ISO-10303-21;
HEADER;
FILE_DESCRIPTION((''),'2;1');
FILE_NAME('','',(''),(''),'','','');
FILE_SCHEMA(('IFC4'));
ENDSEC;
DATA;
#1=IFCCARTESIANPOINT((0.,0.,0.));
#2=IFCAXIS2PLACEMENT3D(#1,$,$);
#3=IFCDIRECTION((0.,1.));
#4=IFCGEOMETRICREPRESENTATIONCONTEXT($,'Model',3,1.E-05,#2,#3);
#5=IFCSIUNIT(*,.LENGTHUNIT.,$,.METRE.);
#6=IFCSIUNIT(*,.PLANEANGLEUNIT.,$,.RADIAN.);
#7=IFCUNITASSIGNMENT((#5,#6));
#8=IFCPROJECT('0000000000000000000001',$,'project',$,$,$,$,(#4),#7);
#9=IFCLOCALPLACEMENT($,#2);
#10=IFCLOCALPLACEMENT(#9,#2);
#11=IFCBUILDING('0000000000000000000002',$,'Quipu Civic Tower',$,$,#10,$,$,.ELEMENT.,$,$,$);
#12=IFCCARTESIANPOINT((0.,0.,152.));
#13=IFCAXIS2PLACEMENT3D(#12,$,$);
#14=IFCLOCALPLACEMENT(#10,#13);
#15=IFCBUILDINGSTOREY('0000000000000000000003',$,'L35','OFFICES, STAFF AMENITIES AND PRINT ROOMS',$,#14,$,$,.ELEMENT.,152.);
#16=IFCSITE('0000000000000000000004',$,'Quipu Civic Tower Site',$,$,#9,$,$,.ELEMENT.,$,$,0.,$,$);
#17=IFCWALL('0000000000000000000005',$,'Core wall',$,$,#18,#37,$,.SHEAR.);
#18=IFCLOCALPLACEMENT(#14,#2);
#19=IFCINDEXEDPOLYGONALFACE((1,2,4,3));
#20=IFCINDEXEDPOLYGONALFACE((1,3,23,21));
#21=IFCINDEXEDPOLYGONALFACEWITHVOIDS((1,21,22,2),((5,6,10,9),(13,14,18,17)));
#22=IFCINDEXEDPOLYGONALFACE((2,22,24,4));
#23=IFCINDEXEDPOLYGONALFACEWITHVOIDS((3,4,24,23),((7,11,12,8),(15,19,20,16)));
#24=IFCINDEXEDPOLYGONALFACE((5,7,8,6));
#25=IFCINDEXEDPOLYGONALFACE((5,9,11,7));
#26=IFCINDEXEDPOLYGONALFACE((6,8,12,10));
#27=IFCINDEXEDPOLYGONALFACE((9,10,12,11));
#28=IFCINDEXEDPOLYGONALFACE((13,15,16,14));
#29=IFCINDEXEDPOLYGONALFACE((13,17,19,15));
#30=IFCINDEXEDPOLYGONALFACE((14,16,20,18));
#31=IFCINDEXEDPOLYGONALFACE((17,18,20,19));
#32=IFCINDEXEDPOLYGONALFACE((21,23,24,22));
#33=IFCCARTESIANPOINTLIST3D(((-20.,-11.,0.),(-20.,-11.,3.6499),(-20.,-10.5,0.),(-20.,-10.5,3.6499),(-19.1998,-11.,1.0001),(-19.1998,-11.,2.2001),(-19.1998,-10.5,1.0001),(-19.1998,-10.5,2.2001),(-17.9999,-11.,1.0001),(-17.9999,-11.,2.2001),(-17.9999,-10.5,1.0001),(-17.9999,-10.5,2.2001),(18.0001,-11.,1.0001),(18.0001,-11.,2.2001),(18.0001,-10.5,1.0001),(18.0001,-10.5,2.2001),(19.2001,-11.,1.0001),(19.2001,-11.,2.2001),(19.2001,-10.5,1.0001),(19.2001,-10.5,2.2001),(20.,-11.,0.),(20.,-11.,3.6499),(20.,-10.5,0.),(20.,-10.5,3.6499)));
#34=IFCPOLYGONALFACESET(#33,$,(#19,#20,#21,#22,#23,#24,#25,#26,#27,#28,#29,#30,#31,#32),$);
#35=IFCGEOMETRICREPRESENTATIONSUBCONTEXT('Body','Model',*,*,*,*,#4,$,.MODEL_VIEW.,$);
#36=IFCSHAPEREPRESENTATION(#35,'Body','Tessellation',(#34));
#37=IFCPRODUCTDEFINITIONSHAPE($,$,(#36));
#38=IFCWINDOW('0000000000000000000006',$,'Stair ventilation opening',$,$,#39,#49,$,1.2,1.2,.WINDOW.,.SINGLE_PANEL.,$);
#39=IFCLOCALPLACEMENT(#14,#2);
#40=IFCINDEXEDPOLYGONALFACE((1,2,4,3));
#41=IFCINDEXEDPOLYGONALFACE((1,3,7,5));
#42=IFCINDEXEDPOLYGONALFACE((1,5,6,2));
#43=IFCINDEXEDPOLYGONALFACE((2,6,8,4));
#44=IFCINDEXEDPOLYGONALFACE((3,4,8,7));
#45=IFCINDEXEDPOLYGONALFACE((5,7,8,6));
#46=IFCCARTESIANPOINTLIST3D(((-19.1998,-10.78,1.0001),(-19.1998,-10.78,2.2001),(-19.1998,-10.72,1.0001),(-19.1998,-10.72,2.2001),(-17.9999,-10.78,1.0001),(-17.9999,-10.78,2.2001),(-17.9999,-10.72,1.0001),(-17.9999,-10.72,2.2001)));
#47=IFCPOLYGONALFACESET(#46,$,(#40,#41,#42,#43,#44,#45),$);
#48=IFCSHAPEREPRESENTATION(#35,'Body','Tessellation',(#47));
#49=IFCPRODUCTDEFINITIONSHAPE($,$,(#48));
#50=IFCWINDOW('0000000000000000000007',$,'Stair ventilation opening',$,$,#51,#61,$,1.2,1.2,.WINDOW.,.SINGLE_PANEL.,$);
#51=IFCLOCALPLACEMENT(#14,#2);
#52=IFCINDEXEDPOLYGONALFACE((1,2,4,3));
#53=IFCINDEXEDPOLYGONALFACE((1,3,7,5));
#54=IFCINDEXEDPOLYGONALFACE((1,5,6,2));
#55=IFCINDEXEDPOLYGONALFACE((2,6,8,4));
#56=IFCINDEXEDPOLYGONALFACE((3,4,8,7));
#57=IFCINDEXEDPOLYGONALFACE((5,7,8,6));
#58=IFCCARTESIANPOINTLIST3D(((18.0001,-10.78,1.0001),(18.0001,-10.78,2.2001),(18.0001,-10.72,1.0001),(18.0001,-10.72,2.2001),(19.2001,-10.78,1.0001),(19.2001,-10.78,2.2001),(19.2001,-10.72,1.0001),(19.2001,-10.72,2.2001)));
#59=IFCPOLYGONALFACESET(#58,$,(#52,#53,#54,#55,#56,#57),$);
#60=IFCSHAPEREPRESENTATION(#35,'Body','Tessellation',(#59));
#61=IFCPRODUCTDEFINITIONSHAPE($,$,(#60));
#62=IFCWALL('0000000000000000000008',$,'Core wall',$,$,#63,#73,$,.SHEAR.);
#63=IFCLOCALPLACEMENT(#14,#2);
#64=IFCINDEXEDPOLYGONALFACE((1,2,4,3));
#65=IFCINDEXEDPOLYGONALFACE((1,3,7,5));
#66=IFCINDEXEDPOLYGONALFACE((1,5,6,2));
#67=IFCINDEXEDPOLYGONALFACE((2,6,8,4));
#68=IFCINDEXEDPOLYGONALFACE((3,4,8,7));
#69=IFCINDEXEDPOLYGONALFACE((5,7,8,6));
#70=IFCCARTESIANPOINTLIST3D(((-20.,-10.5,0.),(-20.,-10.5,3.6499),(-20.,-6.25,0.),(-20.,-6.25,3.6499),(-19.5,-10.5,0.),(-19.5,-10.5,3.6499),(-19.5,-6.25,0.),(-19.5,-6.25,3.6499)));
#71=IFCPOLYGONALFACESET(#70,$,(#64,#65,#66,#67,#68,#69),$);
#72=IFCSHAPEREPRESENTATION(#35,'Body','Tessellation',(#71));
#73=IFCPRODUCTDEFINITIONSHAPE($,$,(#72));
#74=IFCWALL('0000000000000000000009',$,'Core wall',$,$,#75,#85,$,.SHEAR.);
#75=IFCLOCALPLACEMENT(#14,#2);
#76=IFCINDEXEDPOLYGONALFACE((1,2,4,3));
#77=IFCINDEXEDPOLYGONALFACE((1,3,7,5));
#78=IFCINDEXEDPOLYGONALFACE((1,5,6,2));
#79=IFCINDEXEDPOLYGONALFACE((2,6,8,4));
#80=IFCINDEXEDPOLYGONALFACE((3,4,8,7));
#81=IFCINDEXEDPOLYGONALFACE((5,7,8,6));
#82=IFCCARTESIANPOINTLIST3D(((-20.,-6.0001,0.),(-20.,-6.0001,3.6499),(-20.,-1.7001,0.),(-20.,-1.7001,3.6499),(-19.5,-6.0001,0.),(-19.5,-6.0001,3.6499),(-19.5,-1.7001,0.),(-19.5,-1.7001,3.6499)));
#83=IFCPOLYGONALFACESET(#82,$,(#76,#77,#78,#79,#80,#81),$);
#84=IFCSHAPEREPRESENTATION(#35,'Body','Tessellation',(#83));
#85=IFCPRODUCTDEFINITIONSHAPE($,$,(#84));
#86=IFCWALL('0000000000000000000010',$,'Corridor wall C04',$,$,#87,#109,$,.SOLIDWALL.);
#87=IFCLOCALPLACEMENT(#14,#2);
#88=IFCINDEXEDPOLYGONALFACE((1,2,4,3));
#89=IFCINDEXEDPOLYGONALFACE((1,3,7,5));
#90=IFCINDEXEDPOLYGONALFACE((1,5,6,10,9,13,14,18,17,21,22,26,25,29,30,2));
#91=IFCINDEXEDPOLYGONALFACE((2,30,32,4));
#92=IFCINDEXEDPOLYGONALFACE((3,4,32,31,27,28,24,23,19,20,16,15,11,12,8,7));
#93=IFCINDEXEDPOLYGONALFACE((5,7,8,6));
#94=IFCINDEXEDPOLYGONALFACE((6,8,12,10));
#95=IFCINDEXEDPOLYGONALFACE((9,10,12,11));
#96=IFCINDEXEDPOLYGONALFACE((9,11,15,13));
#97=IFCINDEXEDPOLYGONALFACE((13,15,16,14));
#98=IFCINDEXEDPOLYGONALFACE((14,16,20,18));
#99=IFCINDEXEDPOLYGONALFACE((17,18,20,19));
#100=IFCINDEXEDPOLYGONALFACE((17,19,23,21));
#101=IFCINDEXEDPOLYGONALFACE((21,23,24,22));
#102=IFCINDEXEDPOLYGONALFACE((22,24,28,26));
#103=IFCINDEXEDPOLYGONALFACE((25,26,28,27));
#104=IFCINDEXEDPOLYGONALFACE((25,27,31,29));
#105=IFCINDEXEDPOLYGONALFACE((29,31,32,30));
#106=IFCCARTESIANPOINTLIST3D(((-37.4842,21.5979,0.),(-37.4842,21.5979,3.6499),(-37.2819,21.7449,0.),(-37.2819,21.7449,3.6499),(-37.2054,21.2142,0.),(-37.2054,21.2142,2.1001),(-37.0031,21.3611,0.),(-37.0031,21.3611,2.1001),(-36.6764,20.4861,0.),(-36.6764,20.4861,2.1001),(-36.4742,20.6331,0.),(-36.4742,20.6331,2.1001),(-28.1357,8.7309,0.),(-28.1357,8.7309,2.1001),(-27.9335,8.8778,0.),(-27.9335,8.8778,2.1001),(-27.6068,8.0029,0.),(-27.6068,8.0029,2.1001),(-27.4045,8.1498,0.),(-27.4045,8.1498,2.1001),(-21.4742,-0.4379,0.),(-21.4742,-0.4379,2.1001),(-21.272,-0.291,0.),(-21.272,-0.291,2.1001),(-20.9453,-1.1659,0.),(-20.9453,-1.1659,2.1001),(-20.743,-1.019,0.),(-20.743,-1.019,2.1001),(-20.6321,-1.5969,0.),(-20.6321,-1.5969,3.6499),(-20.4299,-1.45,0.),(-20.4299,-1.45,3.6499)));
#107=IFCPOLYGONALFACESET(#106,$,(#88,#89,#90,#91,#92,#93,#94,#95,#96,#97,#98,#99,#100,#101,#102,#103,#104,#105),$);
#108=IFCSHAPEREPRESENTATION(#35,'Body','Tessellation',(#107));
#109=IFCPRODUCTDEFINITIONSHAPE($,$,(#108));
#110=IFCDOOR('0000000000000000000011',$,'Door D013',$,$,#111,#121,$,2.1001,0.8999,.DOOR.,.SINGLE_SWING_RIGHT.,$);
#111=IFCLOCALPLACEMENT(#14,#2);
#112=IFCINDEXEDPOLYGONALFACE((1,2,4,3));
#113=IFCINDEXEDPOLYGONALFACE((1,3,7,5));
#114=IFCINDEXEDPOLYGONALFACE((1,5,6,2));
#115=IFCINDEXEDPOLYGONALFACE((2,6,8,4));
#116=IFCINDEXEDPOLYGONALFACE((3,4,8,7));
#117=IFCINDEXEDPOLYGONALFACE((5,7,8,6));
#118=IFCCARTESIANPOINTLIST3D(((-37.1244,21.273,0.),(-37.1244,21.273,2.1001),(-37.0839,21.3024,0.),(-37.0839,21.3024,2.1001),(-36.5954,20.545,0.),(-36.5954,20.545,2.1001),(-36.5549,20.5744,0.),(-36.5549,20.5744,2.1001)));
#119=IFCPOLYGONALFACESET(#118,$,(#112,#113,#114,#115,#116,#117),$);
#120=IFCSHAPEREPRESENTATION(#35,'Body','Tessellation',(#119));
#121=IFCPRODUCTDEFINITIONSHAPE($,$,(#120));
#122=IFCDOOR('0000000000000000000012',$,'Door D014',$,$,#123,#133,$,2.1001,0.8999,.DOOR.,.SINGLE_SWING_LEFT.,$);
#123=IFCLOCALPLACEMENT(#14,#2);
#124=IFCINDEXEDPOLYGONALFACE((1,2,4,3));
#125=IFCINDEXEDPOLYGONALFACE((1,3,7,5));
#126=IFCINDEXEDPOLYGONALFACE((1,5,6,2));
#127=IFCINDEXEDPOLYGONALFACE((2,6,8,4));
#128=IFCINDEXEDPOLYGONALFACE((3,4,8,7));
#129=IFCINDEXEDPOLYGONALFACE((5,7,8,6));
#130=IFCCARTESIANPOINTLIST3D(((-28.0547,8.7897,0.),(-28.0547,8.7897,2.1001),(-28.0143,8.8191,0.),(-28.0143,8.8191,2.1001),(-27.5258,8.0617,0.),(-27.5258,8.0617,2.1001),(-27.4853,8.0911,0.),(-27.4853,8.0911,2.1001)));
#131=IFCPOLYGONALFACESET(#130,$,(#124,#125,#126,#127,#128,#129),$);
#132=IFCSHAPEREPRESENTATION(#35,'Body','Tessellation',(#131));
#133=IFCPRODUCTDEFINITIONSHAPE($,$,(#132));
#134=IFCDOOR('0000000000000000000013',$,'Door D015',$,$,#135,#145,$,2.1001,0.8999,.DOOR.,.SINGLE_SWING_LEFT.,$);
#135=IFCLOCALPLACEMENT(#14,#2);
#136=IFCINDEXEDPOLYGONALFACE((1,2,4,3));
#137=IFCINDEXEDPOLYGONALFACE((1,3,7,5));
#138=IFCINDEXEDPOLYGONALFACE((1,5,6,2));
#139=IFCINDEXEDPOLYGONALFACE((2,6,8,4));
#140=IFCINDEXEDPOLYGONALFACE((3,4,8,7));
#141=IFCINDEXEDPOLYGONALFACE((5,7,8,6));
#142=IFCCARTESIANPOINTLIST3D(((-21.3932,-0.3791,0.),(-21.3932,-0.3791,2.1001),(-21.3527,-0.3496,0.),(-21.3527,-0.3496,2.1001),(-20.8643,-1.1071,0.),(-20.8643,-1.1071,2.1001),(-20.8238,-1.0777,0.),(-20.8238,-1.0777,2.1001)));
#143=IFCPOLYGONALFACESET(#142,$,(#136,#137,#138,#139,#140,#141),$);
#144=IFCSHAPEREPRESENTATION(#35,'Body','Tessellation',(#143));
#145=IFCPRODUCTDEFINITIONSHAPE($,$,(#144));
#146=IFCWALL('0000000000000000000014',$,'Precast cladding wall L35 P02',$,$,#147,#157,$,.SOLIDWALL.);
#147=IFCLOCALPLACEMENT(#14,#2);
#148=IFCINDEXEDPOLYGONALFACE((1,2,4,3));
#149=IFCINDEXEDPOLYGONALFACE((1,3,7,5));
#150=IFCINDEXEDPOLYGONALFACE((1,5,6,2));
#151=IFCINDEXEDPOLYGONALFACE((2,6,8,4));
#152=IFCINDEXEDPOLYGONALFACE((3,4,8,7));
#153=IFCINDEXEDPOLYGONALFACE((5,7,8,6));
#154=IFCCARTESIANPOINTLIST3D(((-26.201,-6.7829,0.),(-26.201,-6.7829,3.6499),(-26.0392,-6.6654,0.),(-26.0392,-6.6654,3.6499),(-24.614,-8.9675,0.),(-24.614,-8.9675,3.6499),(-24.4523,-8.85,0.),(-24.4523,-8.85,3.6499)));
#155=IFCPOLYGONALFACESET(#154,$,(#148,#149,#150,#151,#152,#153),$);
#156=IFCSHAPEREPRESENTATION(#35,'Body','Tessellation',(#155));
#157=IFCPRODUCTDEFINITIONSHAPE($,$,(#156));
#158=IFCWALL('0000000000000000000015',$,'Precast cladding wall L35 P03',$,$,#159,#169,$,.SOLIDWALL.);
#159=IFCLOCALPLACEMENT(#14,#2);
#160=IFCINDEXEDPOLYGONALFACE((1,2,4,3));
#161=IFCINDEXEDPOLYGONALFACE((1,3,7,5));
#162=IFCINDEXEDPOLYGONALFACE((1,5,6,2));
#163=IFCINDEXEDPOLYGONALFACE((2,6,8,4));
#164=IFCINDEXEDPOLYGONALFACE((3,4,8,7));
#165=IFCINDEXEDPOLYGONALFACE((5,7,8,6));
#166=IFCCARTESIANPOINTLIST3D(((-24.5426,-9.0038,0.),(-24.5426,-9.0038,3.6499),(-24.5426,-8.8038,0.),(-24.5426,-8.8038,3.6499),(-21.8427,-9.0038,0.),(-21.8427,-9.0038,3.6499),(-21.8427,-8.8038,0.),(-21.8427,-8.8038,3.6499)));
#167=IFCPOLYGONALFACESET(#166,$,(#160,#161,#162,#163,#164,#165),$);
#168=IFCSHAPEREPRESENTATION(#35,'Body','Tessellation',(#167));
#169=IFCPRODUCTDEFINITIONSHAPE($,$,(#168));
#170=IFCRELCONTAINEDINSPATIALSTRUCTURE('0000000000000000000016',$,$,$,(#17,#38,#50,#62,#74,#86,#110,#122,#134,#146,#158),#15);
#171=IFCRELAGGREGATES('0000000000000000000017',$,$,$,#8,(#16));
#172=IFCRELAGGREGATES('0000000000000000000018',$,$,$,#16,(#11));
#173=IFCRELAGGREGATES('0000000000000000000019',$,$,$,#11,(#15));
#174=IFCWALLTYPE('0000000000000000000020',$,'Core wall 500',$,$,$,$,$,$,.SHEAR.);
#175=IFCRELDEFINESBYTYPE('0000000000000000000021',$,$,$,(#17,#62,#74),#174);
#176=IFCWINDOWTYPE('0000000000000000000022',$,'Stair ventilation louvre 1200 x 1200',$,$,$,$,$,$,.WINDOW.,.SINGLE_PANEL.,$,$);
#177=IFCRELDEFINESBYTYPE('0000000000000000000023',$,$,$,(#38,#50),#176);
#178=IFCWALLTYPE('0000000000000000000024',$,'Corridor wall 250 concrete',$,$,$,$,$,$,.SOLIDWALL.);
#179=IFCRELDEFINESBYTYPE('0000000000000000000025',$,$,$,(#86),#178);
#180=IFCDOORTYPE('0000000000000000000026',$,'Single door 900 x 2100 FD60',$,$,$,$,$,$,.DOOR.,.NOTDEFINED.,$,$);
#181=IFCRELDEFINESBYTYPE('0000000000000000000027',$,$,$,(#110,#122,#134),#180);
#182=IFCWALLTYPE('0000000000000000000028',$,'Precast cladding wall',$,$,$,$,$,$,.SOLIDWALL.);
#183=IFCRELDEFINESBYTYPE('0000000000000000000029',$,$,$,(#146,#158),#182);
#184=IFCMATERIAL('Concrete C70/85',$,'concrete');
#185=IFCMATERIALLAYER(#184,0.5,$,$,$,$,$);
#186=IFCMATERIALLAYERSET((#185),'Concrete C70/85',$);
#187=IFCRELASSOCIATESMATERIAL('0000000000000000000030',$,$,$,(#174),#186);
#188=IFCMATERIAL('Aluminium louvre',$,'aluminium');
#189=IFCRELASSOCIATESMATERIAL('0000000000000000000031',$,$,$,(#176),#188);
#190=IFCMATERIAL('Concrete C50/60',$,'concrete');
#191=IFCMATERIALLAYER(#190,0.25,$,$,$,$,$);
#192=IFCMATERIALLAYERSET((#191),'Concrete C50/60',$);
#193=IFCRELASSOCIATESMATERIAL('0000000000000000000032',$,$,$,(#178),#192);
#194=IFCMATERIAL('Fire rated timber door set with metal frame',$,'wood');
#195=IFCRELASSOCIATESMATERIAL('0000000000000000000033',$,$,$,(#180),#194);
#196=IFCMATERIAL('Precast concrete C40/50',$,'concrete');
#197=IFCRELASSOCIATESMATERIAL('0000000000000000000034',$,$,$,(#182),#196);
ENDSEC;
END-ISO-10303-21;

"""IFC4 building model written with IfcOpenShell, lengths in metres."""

from ifc_helpers import new_model, si_unit, direction, frame, frame_2d, origin, place, context, subcontext, project, spatial, rectangle, extrude, material, layer, layer_set, type_object, element, fill, save


model = new_model("IFC4")

# Units and contexts
model_context = context("Model", 3, precision=1e-05, world=origin(), true_north=direction((0.0, 1.0)))
body_context = subcontext(model_context, "Body", "Model", "MODEL_VIEW")
ifc_project = project(units=[si_unit("LENGTHUNIT", "METRE"), si_unit("PLANEANGLEUNIT", "RADIAN")], contexts=[model_context])

# Site, building, storey
site_placement = place(None, origin())
site = spatial("IfcSite", under=ifc_project, at=site_placement, Name="Quipu Civic Tower Site", CompositionType="ELEMENT", RefElevation=0.0)
building_placement = place(site_placement, origin())
building = spatial("IfcBuilding", under=site, at=building_placement, Name="Quipu Civic Tower", CompositionType="ELEMENT")
storey_placement = place(building_placement, frame((0.0, 0.0, 152.0)))
storey = spatial("IfcBuildingStorey", under=building, at=storey_placement, Name="L35", Description="OFFICES, STAFF AMENITIES AND PRINT ROOMS", CompositionType="ELEMENT", Elevation=152.0)

# Wall, openings, windows
ifc_material_1 = material(Name="Concrete C70/85", Category="concrete")
ifc_layer_1 = layer(ifc_material_1, 0.5)
ifc_layer_set_1 = layer_set([ifc_layer_1], Name="Concrete C70/85")
wall_type_1 = type_object("IfcWallType", Name="Core wall 500", PredefinedType="SHEAR", material=ifc_layer_set_1)
wall_1_placement = place(storey_placement, frame((-20.0, -10.75, 0.0), z_axis=(0.0, 0.0, 1.0), x_axis=(1.0, 0.0, 0.0)))
wall_1 = element("IfcWall", 1, at=wall_1_placement, inside=storey, type_object=wall_type_1, Name="Core wall", PredefinedType="SHEAR", context=body_context, shape_type="SweptSolid", body=[
    extrude(rectangle(XDim=40.0, YDim=0.5, at=frame_2d((20.0, 0.0))), origin(), (0.0, 0.0, 1.0), 3.6499),
])
opening_1_placement = place(wall_1_placement, frame((0.8, 0.0, 1.0)))
opening_1 = element("IfcOpeningElement", 2, at=opening_1_placement, cuts=wall_1, PredefinedType="OPENING", context=body_context, shape_type="SweptSolid", body=[
    extrude(rectangle(XDim=1.2, YDim=1.2, at=frame_2d((0.6001, 0.6001))), frame((0.0, 0.26, 0.0), z_axis=(0.0, -1.0, 0.0), x_axis=(1.0, 0.0, 0.0)), (0.0, 0.0, 1.0), 0.52),
])
opening_2_placement = place(wall_1_placement, frame((38.0, 0.0, 1.0)))
opening_2 = element("IfcOpeningElement", 3, at=opening_2_placement, cuts=wall_1, PredefinedType="OPENING", context=body_context, shape_type="SweptSolid", body=[
    extrude(rectangle(XDim=1.2, YDim=1.2, at=frame_2d((0.6001, 0.6001))), frame((0.0, 0.26, 0.0), z_axis=(0.0, -1.0, 0.0), x_axis=(1.0, 0.0, 0.0)), (0.0, 0.0, 1.0), 0.52),
])
ifc_material_2 = material(Name="Aluminium louvre", Category="aluminium")
window_type = type_object("IfcWindowType", Name="Stair ventilation louvre 1200 x 1200", PartitioningType="SINGLE_PANEL", PredefinedType="WINDOW", material=ifc_material_2)
window_1_placement = place(opening_1_placement, origin())
window_1 = element("IfcWindow", 4, at=window_1_placement, inside=storey, type_object=window_type, Name="Stair ventilation opening", OverallHeight=1.2, OverallWidth=1.2, PartitioningType="SINGLE_PANEL", PredefinedType="WINDOW", context=body_context, shape_type="SweptSolid", body=[
    extrude(rectangle(XDim=1.2, YDim=1.2, at=frame_2d((0.6001, 0.6001))), frame((0.0, 0.03, 0.0), z_axis=(0.0, -1.0, 0.0), x_axis=(1.0, 0.0, 0.0)), (0.0, 0.0, 1.0), 0.0601),
])
fill(opening_1, window_1)
window_2_placement = place(opening_2_placement, origin())
window_2 = element("IfcWindow", 5, at=window_2_placement, inside=storey, type_object=window_type, Name="Stair ventilation opening", OverallHeight=1.2, OverallWidth=1.2, PartitioningType="SINGLE_PANEL", PredefinedType="WINDOW", context=body_context, shape_type="SweptSolid", body=[
    extrude(rectangle(XDim=1.2, YDim=1.2, at=frame_2d((0.6001, 0.6001))), frame((0.0, 0.03, 0.0), z_axis=(0.0, -1.0, 0.0), x_axis=(1.0, 0.0, 0.0)), (0.0, 0.0, 1.0), 0.0601),
])
fill(opening_2, window_2)

# Walls
wall_2_placement = place(storey_placement, frame((-19.75, -10.5, 0.0), z_axis=(0.0, 0.0, 1.0), x_axis=(0.0, 1.0, 0.0)))
element("IfcWall", 6, at=wall_2_placement, inside=storey, type_object=wall_type_1, Name="Core wall", PredefinedType="SHEAR", context=body_context, shape_type="SweptSolid", body=[
    extrude(rectangle(XDim=4.25, YDim=0.5, at=frame_2d((2.125, 0.0))), origin(), (0.0, 0.0, 1.0), 3.6499),
])
wall_3_placement = place(storey_placement, frame((-19.75, -6.0, 0.0), z_axis=(0.0, 0.0, 1.0), x_axis=(0.0, 1.0, 0.0)))
element("IfcWall", 7, at=wall_3_placement, inside=storey, type_object=wall_type_1, Name="Core wall", PredefinedType="SHEAR", context=body_context, shape_type="SweptSolid", body=[
    extrude(rectangle(XDim=4.3, YDim=0.5, at=frame_2d((2.1499, 0.0))), origin(), (0.0, 0.0, 1.0), 3.6499),
])

# Wall, openings, doors
ifc_material_3 = material(Name="Concrete C50/60", Category="concrete")
ifc_layer_2 = layer(ifc_material_3, 0.25)
ifc_layer_set_2 = layer_set([ifc_layer_2], Name="Concrete C50/60")
wall_type_2 = type_object("IfcWallType", Name="Corridor wall 250 concrete", PredefinedType="SOLIDWALL", material=ifc_layer_set_2)
wall_4_placement = place(storey_placement, frame((-20.531, -1.5234, 0.0), z_axis=(0.0, 0.0, 1.0), x_axis=(-0.587786, 0.809017, 0.0)))
wall_4 = element("IfcWall", 8, at=wall_4_placement, inside=storey, type_object=wall_type_2, Name="Corridor wall C04", PredefinedType="SOLIDWALL", context=body_context, shape_type="SweptSolid", body=[
    extrude(rectangle(XDim=28.6704, YDim=0.25, at=frame_2d((14.3352, 0.0))), origin(), (0.0, 0.0, 1.0), 3.6499),
])
opening_3_placement = place(wall_4_placement, frame((27.2961, 0.0, 0.0)))
opening_3 = element("IfcOpeningElement", 9, at=opening_3_placement, cuts=wall_4, PredefinedType="OPENING", context=body_context, shape_type="SweptSolid", body=[
    extrude(rectangle(XDim=0.8999, YDim=2.1001, at=frame_2d((0.45, 1.05))), frame((0.0, 0.135, 0.0), z_axis=(0.0, -1.0, 0.0), x_axis=(1.0, 0.0, 0.0)), (0.0, 0.0, 1.0), 0.27),
])
opening_4_placement = place(wall_4_placement, frame((11.866, 0.0, 0.0)))
opening_4 = element("IfcOpeningElement", 10, at=opening_4_placement, cuts=wall_4, PredefinedType="OPENING", context=body_context, shape_type="SweptSolid", body=[
    extrude(rectangle(XDim=0.8999, YDim=2.1001, at=frame_2d((0.45, 1.05))), frame((0.0, 0.135, 0.0), z_axis=(0.0, -1.0, 0.0), x_axis=(1.0, 0.0, 0.0)), (0.0, 0.0, 1.0), 0.27),
])
opening_5_placement = place(wall_4_placement, frame((0.5327, 0.0, 0.0)))
opening_5 = element("IfcOpeningElement", 11, at=opening_5_placement, cuts=wall_4, PredefinedType="OPENING", context=body_context, shape_type="SweptSolid", body=[
    extrude(rectangle(XDim=0.8999, YDim=2.1001, at=frame_2d((0.45, 1.05))), frame((0.0, 0.135, 0.0), z_axis=(0.0, -1.0, 0.0), x_axis=(1.0, 0.0, 0.0)), (0.0, 0.0, 1.0), 0.27),
])
ifc_material_4 = material(Name="Fire rated timber door set with metal frame", Category="wood")
door_type_1 = type_object("IfcDoorType", Name="Single door 900 x 2100 FD60", OperationType="NOTDEFINED", PredefinedType="DOOR", material=ifc_material_4)
door_1_placement = place(opening_3_placement, origin())
door_1 = element("IfcDoor", 12, at=door_1_placement, inside=storey, type_object=door_type_1, Name="Door D013", OperationType="SINGLE_SWING_RIGHT", OverallHeight=2.1001, OverallWidth=0.8999, PredefinedType="DOOR", context=body_context, shape_type="SweptSolid", body=[
    extrude(rectangle(XDim=0.8999, YDim=2.1001, at=frame_2d((0.45, 1.05))), frame((0.0, 0.0249, 0.0), z_axis=(0.0, -1.0, 0.0), x_axis=(1.0, 0.0, 0.0)), (0.0, 0.0, 1.0), 0.05),
])
fill(opening_3, door_1)
door_2_placement = place(opening_4_placement, origin())
door_2 = element("IfcDoor", 13, at=door_2_placement, inside=storey, type_object=door_type_1, Name="Door D014", OperationType="SINGLE_SWING_LEFT", OverallHeight=2.1001, OverallWidth=0.8999, PredefinedType="DOOR", context=body_context, shape_type="SweptSolid", body=[
    extrude(rectangle(XDim=0.8999, YDim=2.1001, at=frame_2d((0.45, 1.05))), frame((0.0, 0.0249, 0.0), z_axis=(0.0, -1.0, 0.0), x_axis=(1.0, 0.0, 0.0)), (0.0, 0.0, 1.0), 0.05),
])
fill(opening_4, door_2)
door_3_placement = place(opening_5_placement, origin())
door_3 = element("IfcDoor", 14, at=door_3_placement, inside=storey, type_object=door_type_1, Name="Door D015", OperationType="SINGLE_SWING_LEFT", OverallHeight=2.1001, OverallWidth=0.8999, PredefinedType="DOOR", context=body_context, shape_type="SweptSolid", body=[
    extrude(rectangle(XDim=0.8999, YDim=2.1001, at=frame_2d((0.45, 1.05))), frame((0.0, 0.0249, 0.0), z_axis=(0.0, -1.0, 0.0), x_axis=(1.0, 0.0, 0.0)), (0.0, 0.0, 1.0), 0.05),
])
fill(opening_5, door_3)

# Walls
ifc_material_5 = material(Name="Precast concrete C40/50", Category="concrete")
wall_type_3 = type_object("IfcWallType", Name="Precast cladding wall", PredefinedType="SOLIDWALL", material=ifc_material_5)
wall_5_placement = place(storey_placement, frame((-26.1201, -6.7241, 0.0), z_axis=(0.0, 0.0, 1.0), x_axis=(0.58772, -0.809064, 0.0)))
element("IfcWall", 15, at=wall_5_placement, inside=storey, type_object=wall_type_3, Name="Precast cladding wall L35 P02", PredefinedType="SOLIDWALL", context=body_context, shape_type="SweptSolid", body=[
    extrude(rectangle(XDim=2.7002, YDim=0.2, at=frame_2d((1.3501, 0.0))), origin(), (0.0, 0.0, 1.0), 3.6499),
])
wall_6_placement = place(storey_placement, frame((-24.5427, -8.9038, 0.0), z_axis=(0.0, 0.0, 1.0), x_axis=(1.0, 0.0, 0.0)))
element("IfcWall", 16, at=wall_6_placement, inside=storey, type_object=wall_type_3, Name="Precast cladding wall L35 P03", PredefinedType="SOLIDWALL", context=body_context, shape_type="SweptSolid", body=[
    extrude(rectangle(XDim=2.7, YDim=0.2, at=frame_2d((1.3501, 0.0))), origin(), (0.0, 0.0, 1.0), 3.6499),
])

save(model, "model.ifc")
